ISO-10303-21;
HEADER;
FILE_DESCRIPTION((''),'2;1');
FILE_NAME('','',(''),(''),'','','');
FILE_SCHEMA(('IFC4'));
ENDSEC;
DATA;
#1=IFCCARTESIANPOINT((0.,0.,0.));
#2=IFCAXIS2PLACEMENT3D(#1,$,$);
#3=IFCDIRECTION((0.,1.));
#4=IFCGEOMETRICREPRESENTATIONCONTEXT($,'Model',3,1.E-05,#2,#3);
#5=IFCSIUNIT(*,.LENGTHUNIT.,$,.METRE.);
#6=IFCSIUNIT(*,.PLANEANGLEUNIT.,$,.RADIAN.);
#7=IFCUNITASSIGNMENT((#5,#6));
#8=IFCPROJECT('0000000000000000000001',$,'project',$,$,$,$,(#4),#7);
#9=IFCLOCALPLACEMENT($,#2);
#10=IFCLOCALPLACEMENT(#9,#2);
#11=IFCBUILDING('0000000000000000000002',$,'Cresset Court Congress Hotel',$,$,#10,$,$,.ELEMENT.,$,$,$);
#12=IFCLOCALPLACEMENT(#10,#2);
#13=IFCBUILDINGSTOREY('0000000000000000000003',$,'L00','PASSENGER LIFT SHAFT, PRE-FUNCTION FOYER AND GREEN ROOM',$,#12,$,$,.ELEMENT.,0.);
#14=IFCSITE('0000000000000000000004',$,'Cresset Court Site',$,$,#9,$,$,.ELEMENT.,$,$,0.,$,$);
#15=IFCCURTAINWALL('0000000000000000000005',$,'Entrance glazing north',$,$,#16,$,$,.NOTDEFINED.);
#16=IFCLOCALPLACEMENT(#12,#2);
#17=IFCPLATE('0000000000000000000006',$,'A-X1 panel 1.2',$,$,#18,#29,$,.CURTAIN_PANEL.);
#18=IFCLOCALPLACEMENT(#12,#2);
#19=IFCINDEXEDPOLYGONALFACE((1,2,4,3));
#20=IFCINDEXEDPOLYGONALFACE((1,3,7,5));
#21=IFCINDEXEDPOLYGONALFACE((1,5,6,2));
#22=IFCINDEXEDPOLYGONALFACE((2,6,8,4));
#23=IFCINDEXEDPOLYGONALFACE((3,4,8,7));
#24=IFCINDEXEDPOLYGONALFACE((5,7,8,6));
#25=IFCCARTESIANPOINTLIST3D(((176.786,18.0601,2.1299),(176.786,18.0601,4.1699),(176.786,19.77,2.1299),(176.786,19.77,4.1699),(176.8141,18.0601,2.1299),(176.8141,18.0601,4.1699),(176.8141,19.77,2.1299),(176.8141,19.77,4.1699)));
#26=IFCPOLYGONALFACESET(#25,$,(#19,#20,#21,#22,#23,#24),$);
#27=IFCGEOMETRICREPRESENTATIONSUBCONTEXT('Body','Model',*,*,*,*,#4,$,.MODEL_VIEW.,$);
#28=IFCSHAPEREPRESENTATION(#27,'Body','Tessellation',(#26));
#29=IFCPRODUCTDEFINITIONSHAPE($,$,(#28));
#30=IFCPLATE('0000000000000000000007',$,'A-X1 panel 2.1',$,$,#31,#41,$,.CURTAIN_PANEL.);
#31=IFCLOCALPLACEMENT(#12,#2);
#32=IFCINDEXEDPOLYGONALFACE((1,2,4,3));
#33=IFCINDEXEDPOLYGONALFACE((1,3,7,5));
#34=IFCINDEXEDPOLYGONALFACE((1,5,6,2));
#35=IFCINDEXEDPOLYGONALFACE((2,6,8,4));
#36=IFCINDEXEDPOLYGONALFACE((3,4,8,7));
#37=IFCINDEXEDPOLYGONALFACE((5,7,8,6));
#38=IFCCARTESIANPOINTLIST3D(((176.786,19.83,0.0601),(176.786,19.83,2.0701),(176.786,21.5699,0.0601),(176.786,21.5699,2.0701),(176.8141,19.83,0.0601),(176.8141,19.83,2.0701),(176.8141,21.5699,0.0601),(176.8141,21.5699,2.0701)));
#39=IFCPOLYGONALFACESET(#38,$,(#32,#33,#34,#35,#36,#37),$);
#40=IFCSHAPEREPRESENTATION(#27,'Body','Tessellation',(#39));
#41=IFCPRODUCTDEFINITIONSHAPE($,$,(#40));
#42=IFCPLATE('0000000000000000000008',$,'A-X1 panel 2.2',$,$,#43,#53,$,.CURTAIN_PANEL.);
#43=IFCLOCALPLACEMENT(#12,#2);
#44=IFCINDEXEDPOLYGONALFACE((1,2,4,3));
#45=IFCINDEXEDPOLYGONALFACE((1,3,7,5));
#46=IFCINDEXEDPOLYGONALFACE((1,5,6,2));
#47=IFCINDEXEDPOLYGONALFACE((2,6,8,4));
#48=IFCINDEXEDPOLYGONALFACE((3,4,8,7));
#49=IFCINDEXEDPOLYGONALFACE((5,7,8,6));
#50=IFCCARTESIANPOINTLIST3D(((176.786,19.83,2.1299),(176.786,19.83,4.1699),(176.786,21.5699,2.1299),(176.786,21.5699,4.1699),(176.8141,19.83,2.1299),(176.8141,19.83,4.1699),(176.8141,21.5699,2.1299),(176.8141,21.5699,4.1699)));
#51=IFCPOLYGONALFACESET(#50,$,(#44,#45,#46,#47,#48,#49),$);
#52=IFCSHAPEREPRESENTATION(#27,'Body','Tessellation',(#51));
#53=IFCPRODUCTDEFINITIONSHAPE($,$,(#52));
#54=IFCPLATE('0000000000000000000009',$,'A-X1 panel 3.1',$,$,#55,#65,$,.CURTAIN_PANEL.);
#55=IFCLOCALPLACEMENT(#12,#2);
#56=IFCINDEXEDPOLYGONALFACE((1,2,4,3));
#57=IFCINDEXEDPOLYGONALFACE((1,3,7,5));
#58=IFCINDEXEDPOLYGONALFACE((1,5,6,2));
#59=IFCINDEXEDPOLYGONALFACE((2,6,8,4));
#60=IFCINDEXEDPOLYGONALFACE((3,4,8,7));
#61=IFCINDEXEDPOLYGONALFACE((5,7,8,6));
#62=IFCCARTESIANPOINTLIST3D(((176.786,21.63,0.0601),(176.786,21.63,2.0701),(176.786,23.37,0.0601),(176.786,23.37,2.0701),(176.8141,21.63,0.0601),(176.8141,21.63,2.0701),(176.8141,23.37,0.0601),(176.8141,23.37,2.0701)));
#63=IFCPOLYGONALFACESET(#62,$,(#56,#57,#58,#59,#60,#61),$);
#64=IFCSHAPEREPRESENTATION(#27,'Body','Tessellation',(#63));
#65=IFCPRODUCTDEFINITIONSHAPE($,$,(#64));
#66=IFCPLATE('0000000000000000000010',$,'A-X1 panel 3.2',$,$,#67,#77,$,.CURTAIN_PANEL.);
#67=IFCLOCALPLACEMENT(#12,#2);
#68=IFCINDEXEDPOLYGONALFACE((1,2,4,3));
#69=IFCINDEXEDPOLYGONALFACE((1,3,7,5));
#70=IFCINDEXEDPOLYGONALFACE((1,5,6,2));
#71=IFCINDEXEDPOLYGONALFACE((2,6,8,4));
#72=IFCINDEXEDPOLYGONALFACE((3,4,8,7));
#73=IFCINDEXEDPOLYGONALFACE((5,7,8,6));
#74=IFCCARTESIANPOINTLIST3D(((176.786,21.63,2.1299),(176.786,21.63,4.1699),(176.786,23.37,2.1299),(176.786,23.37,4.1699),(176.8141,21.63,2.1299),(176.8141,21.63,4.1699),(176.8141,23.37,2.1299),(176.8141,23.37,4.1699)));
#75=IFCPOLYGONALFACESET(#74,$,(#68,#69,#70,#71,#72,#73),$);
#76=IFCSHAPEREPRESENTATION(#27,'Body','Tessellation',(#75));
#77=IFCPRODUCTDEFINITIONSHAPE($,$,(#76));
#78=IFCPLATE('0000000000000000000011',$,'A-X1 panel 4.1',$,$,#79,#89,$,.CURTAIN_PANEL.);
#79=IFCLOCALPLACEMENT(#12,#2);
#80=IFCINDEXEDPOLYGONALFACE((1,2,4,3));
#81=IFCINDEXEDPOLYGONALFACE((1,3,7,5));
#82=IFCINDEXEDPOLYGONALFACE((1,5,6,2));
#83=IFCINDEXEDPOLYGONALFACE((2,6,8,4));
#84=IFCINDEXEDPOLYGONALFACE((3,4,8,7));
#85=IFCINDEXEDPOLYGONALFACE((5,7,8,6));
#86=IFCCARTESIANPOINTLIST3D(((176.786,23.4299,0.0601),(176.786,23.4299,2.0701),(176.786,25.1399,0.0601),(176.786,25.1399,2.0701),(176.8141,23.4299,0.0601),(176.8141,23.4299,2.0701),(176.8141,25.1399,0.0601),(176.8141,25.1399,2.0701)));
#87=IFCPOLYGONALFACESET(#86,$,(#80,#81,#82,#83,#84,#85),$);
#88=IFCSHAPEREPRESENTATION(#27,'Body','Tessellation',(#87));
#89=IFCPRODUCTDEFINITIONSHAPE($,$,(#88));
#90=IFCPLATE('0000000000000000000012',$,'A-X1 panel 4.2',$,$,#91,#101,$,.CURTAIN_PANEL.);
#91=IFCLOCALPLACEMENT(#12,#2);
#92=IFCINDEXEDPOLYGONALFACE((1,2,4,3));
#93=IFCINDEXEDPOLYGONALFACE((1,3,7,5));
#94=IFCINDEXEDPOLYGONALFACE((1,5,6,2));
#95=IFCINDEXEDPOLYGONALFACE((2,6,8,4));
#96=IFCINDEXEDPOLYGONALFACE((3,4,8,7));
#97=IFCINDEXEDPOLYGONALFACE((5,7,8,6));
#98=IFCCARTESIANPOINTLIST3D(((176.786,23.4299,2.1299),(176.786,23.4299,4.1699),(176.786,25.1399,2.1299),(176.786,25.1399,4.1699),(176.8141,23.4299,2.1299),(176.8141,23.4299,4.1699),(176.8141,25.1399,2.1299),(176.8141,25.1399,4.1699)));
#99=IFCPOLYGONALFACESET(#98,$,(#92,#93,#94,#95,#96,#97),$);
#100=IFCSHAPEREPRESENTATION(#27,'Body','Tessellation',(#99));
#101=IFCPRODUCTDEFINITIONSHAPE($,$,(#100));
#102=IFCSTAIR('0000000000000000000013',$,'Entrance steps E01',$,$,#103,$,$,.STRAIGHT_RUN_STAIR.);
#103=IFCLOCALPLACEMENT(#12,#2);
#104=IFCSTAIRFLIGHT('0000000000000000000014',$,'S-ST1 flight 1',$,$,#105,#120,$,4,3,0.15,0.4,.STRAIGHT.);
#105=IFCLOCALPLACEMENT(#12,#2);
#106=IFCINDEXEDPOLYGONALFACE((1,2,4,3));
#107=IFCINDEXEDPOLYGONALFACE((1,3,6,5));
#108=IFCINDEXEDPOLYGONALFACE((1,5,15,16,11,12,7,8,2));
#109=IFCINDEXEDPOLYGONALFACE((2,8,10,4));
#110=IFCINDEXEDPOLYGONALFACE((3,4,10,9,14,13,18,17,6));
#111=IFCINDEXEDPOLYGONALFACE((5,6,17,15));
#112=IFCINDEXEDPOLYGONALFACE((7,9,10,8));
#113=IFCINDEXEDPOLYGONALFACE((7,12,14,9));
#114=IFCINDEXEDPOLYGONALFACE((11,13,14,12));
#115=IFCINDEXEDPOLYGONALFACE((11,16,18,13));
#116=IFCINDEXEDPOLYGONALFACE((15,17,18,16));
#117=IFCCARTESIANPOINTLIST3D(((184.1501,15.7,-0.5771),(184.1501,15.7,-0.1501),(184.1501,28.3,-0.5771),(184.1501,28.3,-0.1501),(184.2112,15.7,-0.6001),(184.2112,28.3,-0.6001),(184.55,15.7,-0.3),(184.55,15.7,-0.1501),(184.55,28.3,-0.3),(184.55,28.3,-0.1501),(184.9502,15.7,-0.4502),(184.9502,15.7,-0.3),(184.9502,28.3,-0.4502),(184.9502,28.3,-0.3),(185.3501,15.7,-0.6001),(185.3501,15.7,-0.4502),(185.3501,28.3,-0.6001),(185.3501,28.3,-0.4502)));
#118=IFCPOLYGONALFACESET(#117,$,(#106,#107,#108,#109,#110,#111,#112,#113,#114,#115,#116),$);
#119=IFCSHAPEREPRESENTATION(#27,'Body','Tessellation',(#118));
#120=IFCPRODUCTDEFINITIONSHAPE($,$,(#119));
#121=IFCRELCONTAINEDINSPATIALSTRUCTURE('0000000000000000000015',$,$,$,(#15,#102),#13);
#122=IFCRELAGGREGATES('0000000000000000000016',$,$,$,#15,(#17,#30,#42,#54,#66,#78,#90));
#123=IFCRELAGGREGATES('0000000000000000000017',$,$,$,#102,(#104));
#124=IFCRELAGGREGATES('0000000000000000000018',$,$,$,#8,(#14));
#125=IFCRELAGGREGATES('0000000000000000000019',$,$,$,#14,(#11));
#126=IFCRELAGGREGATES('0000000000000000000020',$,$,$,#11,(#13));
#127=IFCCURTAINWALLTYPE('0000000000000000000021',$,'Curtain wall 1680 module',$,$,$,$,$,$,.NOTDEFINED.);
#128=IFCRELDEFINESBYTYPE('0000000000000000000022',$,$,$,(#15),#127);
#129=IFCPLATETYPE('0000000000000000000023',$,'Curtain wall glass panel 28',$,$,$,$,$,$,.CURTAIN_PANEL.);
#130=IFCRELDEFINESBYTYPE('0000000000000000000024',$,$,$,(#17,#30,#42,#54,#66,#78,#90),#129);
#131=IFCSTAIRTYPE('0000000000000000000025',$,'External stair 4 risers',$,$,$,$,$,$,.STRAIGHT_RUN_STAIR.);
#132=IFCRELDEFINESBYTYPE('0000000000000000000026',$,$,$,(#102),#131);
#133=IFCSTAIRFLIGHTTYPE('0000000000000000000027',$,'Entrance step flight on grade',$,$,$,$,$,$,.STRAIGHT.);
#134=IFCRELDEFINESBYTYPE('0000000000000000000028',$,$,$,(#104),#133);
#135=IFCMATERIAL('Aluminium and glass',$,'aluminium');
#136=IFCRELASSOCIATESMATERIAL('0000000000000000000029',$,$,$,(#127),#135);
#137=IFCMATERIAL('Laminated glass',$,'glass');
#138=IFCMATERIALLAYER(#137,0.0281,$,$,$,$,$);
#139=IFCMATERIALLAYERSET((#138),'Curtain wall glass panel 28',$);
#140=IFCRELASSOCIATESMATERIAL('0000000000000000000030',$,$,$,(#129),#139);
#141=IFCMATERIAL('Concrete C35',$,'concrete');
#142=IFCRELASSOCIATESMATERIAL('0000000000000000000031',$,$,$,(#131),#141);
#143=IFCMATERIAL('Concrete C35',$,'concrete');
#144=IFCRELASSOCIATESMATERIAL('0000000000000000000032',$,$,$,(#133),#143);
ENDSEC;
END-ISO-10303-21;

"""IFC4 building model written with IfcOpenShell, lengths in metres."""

from ifc_helpers import new_model, si_unit, direction, frame, origin, origin_2d, place, context, subcontext, project, spatial, polyline, rectangle, outline, extrude, material, layer, layer_set, type_object, element, aggregate, save


model = new_model("IFC4")

# Units and contexts
model_context = context("Model", 3, precision=1e-05, world=origin(), true_north=direction((0.0, 1.0)))
body_context = subcontext(model_context, "Body", "Model", "MODEL_VIEW")
ifc_project = project(units=[si_unit("LENGTHUNIT", "METRE"), si_unit("PLANEANGLEUNIT", "RADIAN")], contexts=[model_context])

# Site, building, storey
site_placement = place(None, origin())
site = spatial("IfcSite", under=ifc_project, at=site_placement, Name="Cresset Court Site", CompositionType="ELEMENT", RefElevation=0.0)
building_placement = place(site_placement, origin())
building = spatial("IfcBuilding", under=site, at=building_placement, Name="Cresset Court Congress Hotel", CompositionType="ELEMENT")
storey_placement = place(building_placement, origin())
storey = spatial("IfcBuildingStorey", under=building, at=storey_placement, Name="L00", Description="PASSENGER LIFT SHAFT, PRE-FUNCTION FOYER AND GREEN ROOM", CompositionType="ELEMENT", Elevation=0.0)

# Curtain wall, plates
ifc_material_1 = material(Name="Aluminium and glass", Category="aluminium")
curtain_wall_type = type_object("IfcCurtainWallType", Name="Curtain wall 1680 module", PredefinedType="NOTDEFINED", material=ifc_material_1)
curtain_wall_placement = place(storey_placement, origin())
curtain_wall = element("IfcCurtainWall", 1, at=curtain_wall_placement, inside=storey, type_object=curtain_wall_type, Name="Entrance glazing north", PredefinedType="NOTDEFINED")
ifc_material_2 = material(Name="Laminated glass", Category="glass")
ifc_layer = layer(ifc_material_2, 0.0281)
ifc_layer_set = layer_set([ifc_layer], Name="Curtain wall glass panel 28")
plate_type = type_object("IfcPlateType", Name="Curtain wall glass panel 28", PredefinedType="CURTAIN_PANEL", material=ifc_layer_set)
plate_1_placement = place(storey_placement, frame((176.8, 18.915, 2.1299), z_axis=(0.0, 0.0, 1.0), x_axis=(0.0, 1.0, 0.0)))
plate_1 = element("IfcPlate", 2, at=plate_1_placement, type_object=plate_type, Name="A-X1 panel 1.2", PredefinedType="CURTAIN_PANEL", context=body_context, shape_type="SweptSolid", body=[
    extrude(rectangle(XDim=1.71, YDim=0.0281, at=origin_2d()), origin(), (0.0, 0.0, 1.0), 2.04),
])
plate_2_placement = place(storey_placement, frame((176.8, 20.7, 0.0601), z_axis=(0.0, 0.0, 1.0), x_axis=(0.0, 1.0, 0.0)))
plate_2 = element("IfcPlate", 3, at=plate_2_placement, type_object=plate_type, Name="A-X1 panel 2.1", PredefinedType="CURTAIN_PANEL", context=body_context, shape_type="SweptSolid", body=[
    extrude(rectangle(XDim=1.74, YDim=0.0281, at=origin_2d()), origin(), (0.0, 0.0, 1.0), 2.01),
])
plate_3_placement = place(storey_placement, frame((176.8, 20.7, 2.1299), z_axis=(0.0, 0.0, 1.0), x_axis=(0.0, 1.0, 0.0)))
plate_3 = element("IfcPlate", 4, at=plate_3_placement, type_object=plate_type, Name="A-X1 panel 2.2", PredefinedType="CURTAIN_PANEL", context=body_context, shape_type="SweptSolid", body=[
    extrude(rectangle(XDim=1.74, YDim=0.0281, at=origin_2d()), origin(), (0.0, 0.0, 1.0), 2.04),
])
plate_4_placement = place(storey_placement, frame((176.8, 22.5, 0.0601), z_axis=(0.0, 0.0, 1.0), x_axis=(0.0, 1.0, 0.0)))
plate_4 = element("IfcPlate", 5, at=plate_4_placement, type_object=plate_type, Name="A-X1 panel 3.1", PredefinedType="CURTAIN_PANEL", context=body_context, shape_type="SweptSolid", body=[
    extrude(rectangle(XDim=1.74, YDim=0.0281, at=origin_2d()), origin(), (0.0, 0.0, 1.0), 2.01),
])
plate_5_placement = place(storey_placement, frame((176.8, 22.5, 2.1299), z_axis=(0.0, 0.0, 1.0), x_axis=(0.0, 1.0, 0.0)))
plate_5 = element("IfcPlate", 6, at=plate_5_placement, type_object=plate_type, Name="A-X1 panel 3.2", PredefinedType="CURTAIN_PANEL", context=body_context, shape_type="SweptSolid", body=[
    extrude(rectangle(XDim=1.74, YDim=0.0281, at=origin_2d()), origin(), (0.0, 0.0, 1.0), 2.04),
])
plate_6_placement = place(storey_placement, frame((176.8, 24.2849, 0.0601), z_axis=(0.0, 0.0, 1.0), x_axis=(0.0, 1.0, 0.0)))
plate_6 = element("IfcPlate", 7, at=plate_6_placement, type_object=plate_type, Name="A-X1 panel 4.1", PredefinedType="CURTAIN_PANEL", context=body_context, shape_type="SweptSolid", body=[
    extrude(rectangle(XDim=1.71, YDim=0.0281, at=origin_2d()), origin(), (0.0, 0.0, 1.0), 2.01),
])
plate_7_placement = place(storey_placement, frame((176.8, 24.2849, 2.1299), z_axis=(0.0, 0.0, 1.0), x_axis=(0.0, 1.0, 0.0)))
plate_7 = element("IfcPlate", 8, at=plate_7_placement, type_object=plate_type, Name="A-X1 panel 4.2", PredefinedType="CURTAIN_PANEL", context=body_context, shape_type="SweptSolid", body=[
    extrude(rectangle(XDim=1.71, YDim=0.0281, at=origin_2d()), origin(), (0.0, 0.0, 1.0), 2.04),
])
aggregate(curtain_wall, [plate_1, plate_2, plate_3, plate_4, plate_5, plate_6, plate_7])

# Stair, stair flight
ifc_material_3 = material(Name="Concrete C35", Category="concrete")
stair_type = type_object("IfcStairType", Name="External stair 4 risers", PredefinedType="STRAIGHT_RUN_STAIR", material=ifc_material_3)
stair_placement = place(storey_placement, origin())
stair = element("IfcStair", 9, at=stair_placement, inside=storey, type_object=stair_type, Name="Entrance steps E01", PredefinedType="STRAIGHT_RUN_STAIR")
ifc_material_4 = material(Name="Concrete C35", Category="concrete")
stair_flight_type = type_object("IfcStairFlightType", Name="Entrance step flight on grade", PredefinedType="STRAIGHT", material=ifc_material_4)
stair_flight_placement = place(storey_placement, frame((185.3501, 22.0, -0.6001), z_axis=(0.0, 0.0, 1.0), x_axis=(-1.0, 0.0, 0.0)))
stair_flight = element("IfcStairFlight", 10, at=stair_flight_placement, type_object=stair_flight_type, Name="S-ST1 flight 1", NumberOfRisers=4, NumberOfTreads=3, PredefinedType="STRAIGHT", RiserHeight=0.15, TreadLength=0.4, context=body_context, shape_type="SweptSolid", body=[
    extrude(outline(polyline([(0.0, 0.0), (0.0, 0.1499), (0.3999, 0.1499), (0.3999, 0.3), (0.8, 0.3), (0.8, 0.45), (1.2, 0.45), (1.2, 0.6001), (1.2, 0.0229), (1.1389, 0.0), (0.0, 0.0)])), frame((0.0, 6.3, 0.0), z_axis=(0.0, -1.0, 0.0), x_axis=(1.0, 0.0, 0.0)), (0.0, 0.0, 1.0), 12.6001),
])
aggregate(stair, [stair_flight])

save(model, "model.ifc")
